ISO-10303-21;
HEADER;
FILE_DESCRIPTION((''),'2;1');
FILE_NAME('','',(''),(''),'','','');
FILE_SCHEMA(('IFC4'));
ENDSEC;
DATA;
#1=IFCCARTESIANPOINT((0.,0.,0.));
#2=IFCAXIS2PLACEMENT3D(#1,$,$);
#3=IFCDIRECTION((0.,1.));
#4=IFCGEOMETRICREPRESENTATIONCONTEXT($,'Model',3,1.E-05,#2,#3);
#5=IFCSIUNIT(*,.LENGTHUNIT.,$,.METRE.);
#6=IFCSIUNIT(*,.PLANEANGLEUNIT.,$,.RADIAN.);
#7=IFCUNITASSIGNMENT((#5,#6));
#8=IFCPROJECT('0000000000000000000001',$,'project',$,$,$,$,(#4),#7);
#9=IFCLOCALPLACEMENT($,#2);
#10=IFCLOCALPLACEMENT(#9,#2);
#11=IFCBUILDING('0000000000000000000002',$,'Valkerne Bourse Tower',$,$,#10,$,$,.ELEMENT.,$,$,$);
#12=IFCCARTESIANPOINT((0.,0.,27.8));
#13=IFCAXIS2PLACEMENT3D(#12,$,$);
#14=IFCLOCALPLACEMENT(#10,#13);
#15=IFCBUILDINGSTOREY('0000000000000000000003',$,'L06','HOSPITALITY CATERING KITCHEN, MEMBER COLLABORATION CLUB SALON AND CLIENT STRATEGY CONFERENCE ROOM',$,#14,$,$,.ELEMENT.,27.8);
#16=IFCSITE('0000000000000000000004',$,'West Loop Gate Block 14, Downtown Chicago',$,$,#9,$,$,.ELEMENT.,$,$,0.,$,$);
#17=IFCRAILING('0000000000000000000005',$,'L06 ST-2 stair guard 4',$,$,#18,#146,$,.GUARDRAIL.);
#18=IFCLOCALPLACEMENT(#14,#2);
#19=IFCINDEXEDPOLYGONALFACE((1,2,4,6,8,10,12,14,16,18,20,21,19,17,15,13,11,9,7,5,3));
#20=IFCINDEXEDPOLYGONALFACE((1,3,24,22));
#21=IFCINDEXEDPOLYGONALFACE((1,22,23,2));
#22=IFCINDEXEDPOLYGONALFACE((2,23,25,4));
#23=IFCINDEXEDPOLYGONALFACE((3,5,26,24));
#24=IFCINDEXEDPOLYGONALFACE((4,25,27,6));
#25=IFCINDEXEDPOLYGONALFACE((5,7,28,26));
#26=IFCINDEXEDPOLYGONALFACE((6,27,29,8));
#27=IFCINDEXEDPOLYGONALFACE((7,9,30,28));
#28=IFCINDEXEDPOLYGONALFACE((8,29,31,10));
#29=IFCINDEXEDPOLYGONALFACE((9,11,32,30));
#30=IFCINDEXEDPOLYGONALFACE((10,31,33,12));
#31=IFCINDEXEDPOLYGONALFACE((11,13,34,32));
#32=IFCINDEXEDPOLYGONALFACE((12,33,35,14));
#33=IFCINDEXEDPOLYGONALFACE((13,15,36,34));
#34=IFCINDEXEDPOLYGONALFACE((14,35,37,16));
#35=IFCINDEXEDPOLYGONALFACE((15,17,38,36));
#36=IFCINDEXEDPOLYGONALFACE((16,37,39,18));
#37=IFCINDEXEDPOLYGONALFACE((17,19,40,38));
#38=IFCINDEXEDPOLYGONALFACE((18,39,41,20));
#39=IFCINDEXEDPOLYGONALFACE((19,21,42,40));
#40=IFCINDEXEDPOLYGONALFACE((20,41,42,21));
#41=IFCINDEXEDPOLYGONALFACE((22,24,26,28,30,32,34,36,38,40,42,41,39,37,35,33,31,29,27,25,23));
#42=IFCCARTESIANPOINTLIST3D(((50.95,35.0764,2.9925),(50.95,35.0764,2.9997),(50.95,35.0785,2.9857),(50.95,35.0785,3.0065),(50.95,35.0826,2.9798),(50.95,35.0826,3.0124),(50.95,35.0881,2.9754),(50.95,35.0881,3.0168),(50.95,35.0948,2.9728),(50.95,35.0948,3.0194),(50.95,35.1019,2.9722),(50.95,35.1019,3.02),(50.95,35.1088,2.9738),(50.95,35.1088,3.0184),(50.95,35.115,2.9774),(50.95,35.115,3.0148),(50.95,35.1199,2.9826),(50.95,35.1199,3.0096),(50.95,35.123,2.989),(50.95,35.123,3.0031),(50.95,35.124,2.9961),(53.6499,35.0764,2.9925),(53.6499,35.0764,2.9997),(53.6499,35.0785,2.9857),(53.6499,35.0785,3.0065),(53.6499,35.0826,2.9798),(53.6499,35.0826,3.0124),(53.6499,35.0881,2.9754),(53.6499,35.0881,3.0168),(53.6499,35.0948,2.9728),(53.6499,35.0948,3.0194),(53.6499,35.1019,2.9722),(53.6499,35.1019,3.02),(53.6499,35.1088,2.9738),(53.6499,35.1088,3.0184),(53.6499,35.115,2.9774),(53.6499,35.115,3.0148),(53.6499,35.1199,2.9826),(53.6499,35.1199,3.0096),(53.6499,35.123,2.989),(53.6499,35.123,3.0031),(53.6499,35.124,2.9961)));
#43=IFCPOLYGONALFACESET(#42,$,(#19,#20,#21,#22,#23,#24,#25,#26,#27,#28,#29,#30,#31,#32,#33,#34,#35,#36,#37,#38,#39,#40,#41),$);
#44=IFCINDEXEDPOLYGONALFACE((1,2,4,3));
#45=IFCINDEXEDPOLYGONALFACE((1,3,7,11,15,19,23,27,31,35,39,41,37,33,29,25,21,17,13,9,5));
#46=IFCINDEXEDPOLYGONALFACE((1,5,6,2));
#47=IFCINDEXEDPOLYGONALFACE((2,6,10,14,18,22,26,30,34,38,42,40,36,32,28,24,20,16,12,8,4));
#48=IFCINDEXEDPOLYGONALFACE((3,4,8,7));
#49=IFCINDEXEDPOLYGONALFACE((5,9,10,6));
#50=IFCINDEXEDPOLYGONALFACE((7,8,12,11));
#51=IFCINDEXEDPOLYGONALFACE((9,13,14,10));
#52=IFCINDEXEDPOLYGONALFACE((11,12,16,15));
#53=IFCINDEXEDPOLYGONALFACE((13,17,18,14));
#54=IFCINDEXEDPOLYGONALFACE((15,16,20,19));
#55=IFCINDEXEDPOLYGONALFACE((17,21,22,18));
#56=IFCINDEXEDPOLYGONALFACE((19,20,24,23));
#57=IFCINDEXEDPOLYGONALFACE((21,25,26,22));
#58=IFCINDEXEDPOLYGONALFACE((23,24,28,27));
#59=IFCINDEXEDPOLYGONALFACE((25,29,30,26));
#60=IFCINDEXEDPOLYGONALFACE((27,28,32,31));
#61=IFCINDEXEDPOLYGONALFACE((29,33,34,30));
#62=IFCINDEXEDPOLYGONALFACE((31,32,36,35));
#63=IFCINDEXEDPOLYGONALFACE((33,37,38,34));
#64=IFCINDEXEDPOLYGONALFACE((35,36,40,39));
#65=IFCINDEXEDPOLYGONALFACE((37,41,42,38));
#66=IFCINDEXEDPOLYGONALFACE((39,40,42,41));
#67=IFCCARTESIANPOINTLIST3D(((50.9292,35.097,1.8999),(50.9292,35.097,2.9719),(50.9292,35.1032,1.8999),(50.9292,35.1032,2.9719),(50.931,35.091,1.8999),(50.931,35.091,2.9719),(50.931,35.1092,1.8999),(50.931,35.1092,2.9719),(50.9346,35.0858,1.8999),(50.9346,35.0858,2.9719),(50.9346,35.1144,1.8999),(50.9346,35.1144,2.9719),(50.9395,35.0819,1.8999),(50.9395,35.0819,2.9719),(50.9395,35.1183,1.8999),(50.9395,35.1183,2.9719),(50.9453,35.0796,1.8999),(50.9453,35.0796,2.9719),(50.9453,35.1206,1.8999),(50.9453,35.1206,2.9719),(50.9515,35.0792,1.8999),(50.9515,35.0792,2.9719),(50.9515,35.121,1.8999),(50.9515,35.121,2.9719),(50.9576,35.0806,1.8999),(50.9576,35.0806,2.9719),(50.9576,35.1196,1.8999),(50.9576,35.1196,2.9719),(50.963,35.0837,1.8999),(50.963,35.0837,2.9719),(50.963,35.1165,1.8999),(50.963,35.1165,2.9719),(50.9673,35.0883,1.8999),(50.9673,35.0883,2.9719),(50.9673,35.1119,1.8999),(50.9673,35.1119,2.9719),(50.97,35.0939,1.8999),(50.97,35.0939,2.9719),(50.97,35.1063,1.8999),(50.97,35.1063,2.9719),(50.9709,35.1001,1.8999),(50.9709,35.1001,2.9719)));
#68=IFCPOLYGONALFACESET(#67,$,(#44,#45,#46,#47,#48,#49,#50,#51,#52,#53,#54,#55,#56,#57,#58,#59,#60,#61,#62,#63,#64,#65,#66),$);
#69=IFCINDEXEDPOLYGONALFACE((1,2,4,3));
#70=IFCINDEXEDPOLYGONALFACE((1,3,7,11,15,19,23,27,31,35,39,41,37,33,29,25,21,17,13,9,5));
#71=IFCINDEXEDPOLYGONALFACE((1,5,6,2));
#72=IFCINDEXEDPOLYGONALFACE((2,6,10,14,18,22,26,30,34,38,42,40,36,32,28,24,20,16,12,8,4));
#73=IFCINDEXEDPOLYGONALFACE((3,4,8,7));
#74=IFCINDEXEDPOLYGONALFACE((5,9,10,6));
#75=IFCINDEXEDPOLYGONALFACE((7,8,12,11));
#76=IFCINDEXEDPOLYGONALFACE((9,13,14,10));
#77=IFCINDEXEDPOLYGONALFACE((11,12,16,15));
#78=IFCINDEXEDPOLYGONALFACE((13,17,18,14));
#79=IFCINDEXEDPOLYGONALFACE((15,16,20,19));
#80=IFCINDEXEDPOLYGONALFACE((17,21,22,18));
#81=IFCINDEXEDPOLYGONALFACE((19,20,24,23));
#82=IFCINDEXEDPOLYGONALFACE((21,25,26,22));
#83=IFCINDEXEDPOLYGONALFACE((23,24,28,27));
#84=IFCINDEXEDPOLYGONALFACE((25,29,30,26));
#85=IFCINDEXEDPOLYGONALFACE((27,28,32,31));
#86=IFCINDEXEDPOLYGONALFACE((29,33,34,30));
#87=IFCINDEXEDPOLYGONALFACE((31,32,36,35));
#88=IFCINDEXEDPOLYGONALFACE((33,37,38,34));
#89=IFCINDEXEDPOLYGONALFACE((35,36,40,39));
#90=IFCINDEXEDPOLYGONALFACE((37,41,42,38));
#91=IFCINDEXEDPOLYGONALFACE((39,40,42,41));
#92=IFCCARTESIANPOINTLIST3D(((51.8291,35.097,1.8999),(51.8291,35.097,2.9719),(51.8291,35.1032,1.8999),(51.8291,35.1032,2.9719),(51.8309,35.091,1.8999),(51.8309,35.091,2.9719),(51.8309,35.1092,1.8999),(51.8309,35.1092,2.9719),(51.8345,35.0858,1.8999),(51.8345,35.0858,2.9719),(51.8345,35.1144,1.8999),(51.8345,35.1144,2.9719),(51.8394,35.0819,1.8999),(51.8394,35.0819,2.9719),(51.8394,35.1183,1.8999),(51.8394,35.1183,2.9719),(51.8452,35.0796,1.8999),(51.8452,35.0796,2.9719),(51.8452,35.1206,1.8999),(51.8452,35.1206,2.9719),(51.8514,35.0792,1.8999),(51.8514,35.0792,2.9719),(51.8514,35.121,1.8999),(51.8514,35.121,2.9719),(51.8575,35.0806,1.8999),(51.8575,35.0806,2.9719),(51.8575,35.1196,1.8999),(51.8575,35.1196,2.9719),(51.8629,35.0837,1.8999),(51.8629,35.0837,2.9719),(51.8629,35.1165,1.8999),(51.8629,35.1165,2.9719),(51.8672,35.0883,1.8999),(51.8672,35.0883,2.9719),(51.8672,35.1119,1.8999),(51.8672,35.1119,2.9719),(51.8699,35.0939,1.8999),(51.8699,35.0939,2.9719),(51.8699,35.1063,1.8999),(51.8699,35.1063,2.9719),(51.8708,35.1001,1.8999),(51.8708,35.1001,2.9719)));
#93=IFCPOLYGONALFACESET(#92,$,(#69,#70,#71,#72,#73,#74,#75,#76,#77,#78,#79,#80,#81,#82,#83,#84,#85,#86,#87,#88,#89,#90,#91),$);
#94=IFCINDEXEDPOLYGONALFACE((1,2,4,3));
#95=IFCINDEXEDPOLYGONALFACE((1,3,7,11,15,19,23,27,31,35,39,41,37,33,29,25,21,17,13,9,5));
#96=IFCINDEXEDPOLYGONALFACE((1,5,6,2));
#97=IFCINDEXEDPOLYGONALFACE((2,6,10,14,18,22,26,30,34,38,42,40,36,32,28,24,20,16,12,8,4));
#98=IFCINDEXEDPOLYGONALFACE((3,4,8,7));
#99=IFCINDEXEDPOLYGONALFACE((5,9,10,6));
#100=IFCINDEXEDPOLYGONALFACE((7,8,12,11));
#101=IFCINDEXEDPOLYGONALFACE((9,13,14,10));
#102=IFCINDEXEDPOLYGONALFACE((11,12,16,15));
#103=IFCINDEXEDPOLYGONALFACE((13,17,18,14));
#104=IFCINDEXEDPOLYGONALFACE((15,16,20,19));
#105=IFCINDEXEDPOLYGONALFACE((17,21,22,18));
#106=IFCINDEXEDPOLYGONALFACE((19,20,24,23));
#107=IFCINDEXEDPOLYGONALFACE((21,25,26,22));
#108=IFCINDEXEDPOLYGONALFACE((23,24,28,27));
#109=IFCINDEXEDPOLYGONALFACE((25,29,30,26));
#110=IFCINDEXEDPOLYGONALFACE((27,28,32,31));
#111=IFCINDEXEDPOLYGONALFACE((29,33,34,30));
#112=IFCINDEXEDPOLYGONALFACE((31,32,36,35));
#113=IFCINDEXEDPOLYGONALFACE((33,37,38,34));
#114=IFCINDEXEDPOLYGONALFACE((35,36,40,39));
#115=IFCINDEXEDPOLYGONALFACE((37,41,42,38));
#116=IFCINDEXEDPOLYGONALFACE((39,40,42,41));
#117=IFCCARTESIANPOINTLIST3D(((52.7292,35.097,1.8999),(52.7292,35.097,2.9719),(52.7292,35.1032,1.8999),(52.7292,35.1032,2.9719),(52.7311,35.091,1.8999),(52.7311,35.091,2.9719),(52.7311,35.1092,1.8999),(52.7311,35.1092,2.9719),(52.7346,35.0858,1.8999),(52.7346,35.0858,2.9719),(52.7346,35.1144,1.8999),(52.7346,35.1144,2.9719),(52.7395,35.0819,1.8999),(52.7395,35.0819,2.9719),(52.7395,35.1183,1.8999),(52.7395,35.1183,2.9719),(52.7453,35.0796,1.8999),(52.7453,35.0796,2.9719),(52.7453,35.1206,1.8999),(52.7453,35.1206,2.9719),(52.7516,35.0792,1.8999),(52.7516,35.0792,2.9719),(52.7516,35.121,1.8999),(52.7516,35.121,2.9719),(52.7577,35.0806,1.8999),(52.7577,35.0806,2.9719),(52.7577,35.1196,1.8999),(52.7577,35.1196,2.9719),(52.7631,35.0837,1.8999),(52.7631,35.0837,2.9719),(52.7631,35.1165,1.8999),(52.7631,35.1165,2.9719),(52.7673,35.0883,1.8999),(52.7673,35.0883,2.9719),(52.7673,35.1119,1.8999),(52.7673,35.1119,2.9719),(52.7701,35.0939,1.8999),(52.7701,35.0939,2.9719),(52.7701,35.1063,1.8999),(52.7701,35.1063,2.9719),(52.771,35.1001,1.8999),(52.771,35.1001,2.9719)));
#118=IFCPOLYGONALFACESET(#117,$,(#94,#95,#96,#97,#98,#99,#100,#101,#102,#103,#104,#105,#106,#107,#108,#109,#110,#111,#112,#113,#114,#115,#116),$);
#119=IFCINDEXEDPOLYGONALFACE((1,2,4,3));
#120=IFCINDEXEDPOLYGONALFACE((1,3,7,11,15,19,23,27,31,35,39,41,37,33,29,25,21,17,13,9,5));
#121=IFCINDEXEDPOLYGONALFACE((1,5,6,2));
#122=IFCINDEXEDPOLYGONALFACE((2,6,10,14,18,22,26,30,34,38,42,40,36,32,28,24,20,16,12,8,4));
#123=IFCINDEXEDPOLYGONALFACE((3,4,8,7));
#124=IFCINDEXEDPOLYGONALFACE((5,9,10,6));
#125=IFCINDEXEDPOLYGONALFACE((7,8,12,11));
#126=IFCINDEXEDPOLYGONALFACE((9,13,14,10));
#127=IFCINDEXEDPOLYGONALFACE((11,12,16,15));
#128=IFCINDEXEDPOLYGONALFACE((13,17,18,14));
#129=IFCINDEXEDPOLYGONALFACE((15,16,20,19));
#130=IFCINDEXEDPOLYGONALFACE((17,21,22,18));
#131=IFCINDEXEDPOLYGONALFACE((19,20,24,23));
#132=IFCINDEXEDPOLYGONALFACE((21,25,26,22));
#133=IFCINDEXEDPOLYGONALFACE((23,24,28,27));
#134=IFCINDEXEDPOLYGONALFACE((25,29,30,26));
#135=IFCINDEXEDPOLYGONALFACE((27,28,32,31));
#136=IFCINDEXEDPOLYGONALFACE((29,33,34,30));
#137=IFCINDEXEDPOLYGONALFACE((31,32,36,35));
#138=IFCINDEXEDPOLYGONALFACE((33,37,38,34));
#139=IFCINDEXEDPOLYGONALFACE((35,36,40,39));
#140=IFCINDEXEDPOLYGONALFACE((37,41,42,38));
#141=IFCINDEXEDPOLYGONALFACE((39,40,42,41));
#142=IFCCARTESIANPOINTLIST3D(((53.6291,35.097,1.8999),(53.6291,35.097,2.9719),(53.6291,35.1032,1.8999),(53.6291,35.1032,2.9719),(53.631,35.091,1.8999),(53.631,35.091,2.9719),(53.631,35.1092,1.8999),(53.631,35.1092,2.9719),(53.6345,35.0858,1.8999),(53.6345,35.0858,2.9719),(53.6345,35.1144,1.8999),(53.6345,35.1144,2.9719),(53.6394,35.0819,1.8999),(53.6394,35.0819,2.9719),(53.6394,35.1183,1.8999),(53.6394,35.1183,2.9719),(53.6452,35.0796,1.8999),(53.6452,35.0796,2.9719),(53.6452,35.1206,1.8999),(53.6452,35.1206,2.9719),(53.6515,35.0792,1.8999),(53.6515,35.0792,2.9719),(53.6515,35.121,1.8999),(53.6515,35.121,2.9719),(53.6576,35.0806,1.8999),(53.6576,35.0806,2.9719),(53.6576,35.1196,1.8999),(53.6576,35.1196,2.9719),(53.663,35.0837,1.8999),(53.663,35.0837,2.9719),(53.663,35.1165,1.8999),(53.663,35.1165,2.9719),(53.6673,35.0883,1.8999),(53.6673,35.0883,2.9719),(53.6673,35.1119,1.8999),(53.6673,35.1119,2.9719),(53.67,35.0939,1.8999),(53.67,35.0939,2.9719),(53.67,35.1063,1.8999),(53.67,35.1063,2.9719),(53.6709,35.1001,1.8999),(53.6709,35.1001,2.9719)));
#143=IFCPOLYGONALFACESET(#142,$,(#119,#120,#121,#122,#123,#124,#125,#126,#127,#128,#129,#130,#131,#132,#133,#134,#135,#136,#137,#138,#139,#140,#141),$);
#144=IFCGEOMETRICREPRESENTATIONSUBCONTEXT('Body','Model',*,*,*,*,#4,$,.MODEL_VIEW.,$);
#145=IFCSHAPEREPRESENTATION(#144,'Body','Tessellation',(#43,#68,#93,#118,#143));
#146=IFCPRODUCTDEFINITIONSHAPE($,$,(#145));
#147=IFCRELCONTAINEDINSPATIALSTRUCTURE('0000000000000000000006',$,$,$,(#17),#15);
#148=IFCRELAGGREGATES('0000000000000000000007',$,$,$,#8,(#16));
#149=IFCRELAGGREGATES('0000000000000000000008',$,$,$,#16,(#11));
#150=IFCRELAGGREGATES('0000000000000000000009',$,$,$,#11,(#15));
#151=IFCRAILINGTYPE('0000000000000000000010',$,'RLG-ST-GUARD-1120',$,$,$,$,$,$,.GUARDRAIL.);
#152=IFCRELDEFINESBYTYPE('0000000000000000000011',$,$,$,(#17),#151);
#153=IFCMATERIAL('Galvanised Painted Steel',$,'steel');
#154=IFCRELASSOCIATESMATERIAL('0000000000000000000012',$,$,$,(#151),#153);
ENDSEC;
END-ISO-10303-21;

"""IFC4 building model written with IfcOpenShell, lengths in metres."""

from ifc_helpers import new_model, si_unit, direction, frame, origin, origin_2d, place, context, subcontext, project, spatial, circle, extrude, material, type_object, element, save


model = new_model("IFC4")

# Units and contexts
model_context = context("Model", 3, precision=1e-05, world=origin(), true_north=direction((0.0, 1.0)))
body_context = subcontext(model_context, "Body", "Model", "MODEL_VIEW")
ifc_project = project(units=[si_unit("LENGTHUNIT", "METRE"), si_unit("PLANEANGLEUNIT", "RADIAN")], contexts=[model_context])

# Site, building, storey
site_placement = place(None, origin())
site = spatial("IfcSite", under=ifc_project, at=site_placement, Name="West Loop Gate Block 14, Downtown Chicago", CompositionType="ELEMENT", RefElevation=0.0)
building_placement = place(site_placement, origin())
building = spatial("IfcBuilding", under=site, at=building_placement, Name="Valkerne Bourse Tower", CompositionType="ELEMENT")
storey_placement = place(building_placement, frame((0.0, 0.0, 27.8)))
storey = spatial("IfcBuildingStorey", under=building, at=storey_placement, Name="L06", Description="HOSPITALITY CATERING KITCHEN, MEMBER COLLABORATION CLUB SALON AND CLIENT STRATEGY CONFERENCE ROOM", CompositionType="ELEMENT", Elevation=27.8)

# Shared definitions
ifc_material_1 = material(Name="Galvanised Painted Steel", Category="steel")

# Railing
railing_type_1 = type_object("IfcRailingType", Name="RLG-ST-GUARD-1120", PredefinedType="GUARDRAIL", material=ifc_material_1)
for number, where, name in (
    (1, (50.95, 35.1001, 1.8999), "L06 ST-2 stair guard 4"),
):
    element("IfcRailing", number, at=place(storey_placement, frame(where)), inside=storey, type_object=railing_type_1, Name=name, PredefinedType="GUARDRAIL", context=body_context, shape_type="SweptSolid", body=[
        extrude(circle(Radius=0.0239, at=origin_2d()), frame((0.0, 0.0, 1.0962), z_axis=(1.0, 0.0, 0.0), x_axis=(0.0, 1.0, 0.0)), (0.0, 0.0, 1.0), 2.7),
        extrude(circle(Radius=0.021, at=origin_2d()), origin(), (0.0, 0.0, 1.0), 1.072),
        extrude(circle(Radius=0.021, at=origin_2d()), frame((0.8999, 0.0, 0.0)), (0.0, 0.0, 1.0), 1.072),
        extrude(circle(Radius=0.021, at=origin_2d()), frame((1.8, 0.0, 0.0)), (0.0, 0.0, 1.0), 1.072),
        extrude(circle(Radius=0.021, at=origin_2d()), frame((2.7, 0.0, 0.0)), (0.0, 0.0, 1.0), 1.072),
    ])

save(model, "model.ifc")
